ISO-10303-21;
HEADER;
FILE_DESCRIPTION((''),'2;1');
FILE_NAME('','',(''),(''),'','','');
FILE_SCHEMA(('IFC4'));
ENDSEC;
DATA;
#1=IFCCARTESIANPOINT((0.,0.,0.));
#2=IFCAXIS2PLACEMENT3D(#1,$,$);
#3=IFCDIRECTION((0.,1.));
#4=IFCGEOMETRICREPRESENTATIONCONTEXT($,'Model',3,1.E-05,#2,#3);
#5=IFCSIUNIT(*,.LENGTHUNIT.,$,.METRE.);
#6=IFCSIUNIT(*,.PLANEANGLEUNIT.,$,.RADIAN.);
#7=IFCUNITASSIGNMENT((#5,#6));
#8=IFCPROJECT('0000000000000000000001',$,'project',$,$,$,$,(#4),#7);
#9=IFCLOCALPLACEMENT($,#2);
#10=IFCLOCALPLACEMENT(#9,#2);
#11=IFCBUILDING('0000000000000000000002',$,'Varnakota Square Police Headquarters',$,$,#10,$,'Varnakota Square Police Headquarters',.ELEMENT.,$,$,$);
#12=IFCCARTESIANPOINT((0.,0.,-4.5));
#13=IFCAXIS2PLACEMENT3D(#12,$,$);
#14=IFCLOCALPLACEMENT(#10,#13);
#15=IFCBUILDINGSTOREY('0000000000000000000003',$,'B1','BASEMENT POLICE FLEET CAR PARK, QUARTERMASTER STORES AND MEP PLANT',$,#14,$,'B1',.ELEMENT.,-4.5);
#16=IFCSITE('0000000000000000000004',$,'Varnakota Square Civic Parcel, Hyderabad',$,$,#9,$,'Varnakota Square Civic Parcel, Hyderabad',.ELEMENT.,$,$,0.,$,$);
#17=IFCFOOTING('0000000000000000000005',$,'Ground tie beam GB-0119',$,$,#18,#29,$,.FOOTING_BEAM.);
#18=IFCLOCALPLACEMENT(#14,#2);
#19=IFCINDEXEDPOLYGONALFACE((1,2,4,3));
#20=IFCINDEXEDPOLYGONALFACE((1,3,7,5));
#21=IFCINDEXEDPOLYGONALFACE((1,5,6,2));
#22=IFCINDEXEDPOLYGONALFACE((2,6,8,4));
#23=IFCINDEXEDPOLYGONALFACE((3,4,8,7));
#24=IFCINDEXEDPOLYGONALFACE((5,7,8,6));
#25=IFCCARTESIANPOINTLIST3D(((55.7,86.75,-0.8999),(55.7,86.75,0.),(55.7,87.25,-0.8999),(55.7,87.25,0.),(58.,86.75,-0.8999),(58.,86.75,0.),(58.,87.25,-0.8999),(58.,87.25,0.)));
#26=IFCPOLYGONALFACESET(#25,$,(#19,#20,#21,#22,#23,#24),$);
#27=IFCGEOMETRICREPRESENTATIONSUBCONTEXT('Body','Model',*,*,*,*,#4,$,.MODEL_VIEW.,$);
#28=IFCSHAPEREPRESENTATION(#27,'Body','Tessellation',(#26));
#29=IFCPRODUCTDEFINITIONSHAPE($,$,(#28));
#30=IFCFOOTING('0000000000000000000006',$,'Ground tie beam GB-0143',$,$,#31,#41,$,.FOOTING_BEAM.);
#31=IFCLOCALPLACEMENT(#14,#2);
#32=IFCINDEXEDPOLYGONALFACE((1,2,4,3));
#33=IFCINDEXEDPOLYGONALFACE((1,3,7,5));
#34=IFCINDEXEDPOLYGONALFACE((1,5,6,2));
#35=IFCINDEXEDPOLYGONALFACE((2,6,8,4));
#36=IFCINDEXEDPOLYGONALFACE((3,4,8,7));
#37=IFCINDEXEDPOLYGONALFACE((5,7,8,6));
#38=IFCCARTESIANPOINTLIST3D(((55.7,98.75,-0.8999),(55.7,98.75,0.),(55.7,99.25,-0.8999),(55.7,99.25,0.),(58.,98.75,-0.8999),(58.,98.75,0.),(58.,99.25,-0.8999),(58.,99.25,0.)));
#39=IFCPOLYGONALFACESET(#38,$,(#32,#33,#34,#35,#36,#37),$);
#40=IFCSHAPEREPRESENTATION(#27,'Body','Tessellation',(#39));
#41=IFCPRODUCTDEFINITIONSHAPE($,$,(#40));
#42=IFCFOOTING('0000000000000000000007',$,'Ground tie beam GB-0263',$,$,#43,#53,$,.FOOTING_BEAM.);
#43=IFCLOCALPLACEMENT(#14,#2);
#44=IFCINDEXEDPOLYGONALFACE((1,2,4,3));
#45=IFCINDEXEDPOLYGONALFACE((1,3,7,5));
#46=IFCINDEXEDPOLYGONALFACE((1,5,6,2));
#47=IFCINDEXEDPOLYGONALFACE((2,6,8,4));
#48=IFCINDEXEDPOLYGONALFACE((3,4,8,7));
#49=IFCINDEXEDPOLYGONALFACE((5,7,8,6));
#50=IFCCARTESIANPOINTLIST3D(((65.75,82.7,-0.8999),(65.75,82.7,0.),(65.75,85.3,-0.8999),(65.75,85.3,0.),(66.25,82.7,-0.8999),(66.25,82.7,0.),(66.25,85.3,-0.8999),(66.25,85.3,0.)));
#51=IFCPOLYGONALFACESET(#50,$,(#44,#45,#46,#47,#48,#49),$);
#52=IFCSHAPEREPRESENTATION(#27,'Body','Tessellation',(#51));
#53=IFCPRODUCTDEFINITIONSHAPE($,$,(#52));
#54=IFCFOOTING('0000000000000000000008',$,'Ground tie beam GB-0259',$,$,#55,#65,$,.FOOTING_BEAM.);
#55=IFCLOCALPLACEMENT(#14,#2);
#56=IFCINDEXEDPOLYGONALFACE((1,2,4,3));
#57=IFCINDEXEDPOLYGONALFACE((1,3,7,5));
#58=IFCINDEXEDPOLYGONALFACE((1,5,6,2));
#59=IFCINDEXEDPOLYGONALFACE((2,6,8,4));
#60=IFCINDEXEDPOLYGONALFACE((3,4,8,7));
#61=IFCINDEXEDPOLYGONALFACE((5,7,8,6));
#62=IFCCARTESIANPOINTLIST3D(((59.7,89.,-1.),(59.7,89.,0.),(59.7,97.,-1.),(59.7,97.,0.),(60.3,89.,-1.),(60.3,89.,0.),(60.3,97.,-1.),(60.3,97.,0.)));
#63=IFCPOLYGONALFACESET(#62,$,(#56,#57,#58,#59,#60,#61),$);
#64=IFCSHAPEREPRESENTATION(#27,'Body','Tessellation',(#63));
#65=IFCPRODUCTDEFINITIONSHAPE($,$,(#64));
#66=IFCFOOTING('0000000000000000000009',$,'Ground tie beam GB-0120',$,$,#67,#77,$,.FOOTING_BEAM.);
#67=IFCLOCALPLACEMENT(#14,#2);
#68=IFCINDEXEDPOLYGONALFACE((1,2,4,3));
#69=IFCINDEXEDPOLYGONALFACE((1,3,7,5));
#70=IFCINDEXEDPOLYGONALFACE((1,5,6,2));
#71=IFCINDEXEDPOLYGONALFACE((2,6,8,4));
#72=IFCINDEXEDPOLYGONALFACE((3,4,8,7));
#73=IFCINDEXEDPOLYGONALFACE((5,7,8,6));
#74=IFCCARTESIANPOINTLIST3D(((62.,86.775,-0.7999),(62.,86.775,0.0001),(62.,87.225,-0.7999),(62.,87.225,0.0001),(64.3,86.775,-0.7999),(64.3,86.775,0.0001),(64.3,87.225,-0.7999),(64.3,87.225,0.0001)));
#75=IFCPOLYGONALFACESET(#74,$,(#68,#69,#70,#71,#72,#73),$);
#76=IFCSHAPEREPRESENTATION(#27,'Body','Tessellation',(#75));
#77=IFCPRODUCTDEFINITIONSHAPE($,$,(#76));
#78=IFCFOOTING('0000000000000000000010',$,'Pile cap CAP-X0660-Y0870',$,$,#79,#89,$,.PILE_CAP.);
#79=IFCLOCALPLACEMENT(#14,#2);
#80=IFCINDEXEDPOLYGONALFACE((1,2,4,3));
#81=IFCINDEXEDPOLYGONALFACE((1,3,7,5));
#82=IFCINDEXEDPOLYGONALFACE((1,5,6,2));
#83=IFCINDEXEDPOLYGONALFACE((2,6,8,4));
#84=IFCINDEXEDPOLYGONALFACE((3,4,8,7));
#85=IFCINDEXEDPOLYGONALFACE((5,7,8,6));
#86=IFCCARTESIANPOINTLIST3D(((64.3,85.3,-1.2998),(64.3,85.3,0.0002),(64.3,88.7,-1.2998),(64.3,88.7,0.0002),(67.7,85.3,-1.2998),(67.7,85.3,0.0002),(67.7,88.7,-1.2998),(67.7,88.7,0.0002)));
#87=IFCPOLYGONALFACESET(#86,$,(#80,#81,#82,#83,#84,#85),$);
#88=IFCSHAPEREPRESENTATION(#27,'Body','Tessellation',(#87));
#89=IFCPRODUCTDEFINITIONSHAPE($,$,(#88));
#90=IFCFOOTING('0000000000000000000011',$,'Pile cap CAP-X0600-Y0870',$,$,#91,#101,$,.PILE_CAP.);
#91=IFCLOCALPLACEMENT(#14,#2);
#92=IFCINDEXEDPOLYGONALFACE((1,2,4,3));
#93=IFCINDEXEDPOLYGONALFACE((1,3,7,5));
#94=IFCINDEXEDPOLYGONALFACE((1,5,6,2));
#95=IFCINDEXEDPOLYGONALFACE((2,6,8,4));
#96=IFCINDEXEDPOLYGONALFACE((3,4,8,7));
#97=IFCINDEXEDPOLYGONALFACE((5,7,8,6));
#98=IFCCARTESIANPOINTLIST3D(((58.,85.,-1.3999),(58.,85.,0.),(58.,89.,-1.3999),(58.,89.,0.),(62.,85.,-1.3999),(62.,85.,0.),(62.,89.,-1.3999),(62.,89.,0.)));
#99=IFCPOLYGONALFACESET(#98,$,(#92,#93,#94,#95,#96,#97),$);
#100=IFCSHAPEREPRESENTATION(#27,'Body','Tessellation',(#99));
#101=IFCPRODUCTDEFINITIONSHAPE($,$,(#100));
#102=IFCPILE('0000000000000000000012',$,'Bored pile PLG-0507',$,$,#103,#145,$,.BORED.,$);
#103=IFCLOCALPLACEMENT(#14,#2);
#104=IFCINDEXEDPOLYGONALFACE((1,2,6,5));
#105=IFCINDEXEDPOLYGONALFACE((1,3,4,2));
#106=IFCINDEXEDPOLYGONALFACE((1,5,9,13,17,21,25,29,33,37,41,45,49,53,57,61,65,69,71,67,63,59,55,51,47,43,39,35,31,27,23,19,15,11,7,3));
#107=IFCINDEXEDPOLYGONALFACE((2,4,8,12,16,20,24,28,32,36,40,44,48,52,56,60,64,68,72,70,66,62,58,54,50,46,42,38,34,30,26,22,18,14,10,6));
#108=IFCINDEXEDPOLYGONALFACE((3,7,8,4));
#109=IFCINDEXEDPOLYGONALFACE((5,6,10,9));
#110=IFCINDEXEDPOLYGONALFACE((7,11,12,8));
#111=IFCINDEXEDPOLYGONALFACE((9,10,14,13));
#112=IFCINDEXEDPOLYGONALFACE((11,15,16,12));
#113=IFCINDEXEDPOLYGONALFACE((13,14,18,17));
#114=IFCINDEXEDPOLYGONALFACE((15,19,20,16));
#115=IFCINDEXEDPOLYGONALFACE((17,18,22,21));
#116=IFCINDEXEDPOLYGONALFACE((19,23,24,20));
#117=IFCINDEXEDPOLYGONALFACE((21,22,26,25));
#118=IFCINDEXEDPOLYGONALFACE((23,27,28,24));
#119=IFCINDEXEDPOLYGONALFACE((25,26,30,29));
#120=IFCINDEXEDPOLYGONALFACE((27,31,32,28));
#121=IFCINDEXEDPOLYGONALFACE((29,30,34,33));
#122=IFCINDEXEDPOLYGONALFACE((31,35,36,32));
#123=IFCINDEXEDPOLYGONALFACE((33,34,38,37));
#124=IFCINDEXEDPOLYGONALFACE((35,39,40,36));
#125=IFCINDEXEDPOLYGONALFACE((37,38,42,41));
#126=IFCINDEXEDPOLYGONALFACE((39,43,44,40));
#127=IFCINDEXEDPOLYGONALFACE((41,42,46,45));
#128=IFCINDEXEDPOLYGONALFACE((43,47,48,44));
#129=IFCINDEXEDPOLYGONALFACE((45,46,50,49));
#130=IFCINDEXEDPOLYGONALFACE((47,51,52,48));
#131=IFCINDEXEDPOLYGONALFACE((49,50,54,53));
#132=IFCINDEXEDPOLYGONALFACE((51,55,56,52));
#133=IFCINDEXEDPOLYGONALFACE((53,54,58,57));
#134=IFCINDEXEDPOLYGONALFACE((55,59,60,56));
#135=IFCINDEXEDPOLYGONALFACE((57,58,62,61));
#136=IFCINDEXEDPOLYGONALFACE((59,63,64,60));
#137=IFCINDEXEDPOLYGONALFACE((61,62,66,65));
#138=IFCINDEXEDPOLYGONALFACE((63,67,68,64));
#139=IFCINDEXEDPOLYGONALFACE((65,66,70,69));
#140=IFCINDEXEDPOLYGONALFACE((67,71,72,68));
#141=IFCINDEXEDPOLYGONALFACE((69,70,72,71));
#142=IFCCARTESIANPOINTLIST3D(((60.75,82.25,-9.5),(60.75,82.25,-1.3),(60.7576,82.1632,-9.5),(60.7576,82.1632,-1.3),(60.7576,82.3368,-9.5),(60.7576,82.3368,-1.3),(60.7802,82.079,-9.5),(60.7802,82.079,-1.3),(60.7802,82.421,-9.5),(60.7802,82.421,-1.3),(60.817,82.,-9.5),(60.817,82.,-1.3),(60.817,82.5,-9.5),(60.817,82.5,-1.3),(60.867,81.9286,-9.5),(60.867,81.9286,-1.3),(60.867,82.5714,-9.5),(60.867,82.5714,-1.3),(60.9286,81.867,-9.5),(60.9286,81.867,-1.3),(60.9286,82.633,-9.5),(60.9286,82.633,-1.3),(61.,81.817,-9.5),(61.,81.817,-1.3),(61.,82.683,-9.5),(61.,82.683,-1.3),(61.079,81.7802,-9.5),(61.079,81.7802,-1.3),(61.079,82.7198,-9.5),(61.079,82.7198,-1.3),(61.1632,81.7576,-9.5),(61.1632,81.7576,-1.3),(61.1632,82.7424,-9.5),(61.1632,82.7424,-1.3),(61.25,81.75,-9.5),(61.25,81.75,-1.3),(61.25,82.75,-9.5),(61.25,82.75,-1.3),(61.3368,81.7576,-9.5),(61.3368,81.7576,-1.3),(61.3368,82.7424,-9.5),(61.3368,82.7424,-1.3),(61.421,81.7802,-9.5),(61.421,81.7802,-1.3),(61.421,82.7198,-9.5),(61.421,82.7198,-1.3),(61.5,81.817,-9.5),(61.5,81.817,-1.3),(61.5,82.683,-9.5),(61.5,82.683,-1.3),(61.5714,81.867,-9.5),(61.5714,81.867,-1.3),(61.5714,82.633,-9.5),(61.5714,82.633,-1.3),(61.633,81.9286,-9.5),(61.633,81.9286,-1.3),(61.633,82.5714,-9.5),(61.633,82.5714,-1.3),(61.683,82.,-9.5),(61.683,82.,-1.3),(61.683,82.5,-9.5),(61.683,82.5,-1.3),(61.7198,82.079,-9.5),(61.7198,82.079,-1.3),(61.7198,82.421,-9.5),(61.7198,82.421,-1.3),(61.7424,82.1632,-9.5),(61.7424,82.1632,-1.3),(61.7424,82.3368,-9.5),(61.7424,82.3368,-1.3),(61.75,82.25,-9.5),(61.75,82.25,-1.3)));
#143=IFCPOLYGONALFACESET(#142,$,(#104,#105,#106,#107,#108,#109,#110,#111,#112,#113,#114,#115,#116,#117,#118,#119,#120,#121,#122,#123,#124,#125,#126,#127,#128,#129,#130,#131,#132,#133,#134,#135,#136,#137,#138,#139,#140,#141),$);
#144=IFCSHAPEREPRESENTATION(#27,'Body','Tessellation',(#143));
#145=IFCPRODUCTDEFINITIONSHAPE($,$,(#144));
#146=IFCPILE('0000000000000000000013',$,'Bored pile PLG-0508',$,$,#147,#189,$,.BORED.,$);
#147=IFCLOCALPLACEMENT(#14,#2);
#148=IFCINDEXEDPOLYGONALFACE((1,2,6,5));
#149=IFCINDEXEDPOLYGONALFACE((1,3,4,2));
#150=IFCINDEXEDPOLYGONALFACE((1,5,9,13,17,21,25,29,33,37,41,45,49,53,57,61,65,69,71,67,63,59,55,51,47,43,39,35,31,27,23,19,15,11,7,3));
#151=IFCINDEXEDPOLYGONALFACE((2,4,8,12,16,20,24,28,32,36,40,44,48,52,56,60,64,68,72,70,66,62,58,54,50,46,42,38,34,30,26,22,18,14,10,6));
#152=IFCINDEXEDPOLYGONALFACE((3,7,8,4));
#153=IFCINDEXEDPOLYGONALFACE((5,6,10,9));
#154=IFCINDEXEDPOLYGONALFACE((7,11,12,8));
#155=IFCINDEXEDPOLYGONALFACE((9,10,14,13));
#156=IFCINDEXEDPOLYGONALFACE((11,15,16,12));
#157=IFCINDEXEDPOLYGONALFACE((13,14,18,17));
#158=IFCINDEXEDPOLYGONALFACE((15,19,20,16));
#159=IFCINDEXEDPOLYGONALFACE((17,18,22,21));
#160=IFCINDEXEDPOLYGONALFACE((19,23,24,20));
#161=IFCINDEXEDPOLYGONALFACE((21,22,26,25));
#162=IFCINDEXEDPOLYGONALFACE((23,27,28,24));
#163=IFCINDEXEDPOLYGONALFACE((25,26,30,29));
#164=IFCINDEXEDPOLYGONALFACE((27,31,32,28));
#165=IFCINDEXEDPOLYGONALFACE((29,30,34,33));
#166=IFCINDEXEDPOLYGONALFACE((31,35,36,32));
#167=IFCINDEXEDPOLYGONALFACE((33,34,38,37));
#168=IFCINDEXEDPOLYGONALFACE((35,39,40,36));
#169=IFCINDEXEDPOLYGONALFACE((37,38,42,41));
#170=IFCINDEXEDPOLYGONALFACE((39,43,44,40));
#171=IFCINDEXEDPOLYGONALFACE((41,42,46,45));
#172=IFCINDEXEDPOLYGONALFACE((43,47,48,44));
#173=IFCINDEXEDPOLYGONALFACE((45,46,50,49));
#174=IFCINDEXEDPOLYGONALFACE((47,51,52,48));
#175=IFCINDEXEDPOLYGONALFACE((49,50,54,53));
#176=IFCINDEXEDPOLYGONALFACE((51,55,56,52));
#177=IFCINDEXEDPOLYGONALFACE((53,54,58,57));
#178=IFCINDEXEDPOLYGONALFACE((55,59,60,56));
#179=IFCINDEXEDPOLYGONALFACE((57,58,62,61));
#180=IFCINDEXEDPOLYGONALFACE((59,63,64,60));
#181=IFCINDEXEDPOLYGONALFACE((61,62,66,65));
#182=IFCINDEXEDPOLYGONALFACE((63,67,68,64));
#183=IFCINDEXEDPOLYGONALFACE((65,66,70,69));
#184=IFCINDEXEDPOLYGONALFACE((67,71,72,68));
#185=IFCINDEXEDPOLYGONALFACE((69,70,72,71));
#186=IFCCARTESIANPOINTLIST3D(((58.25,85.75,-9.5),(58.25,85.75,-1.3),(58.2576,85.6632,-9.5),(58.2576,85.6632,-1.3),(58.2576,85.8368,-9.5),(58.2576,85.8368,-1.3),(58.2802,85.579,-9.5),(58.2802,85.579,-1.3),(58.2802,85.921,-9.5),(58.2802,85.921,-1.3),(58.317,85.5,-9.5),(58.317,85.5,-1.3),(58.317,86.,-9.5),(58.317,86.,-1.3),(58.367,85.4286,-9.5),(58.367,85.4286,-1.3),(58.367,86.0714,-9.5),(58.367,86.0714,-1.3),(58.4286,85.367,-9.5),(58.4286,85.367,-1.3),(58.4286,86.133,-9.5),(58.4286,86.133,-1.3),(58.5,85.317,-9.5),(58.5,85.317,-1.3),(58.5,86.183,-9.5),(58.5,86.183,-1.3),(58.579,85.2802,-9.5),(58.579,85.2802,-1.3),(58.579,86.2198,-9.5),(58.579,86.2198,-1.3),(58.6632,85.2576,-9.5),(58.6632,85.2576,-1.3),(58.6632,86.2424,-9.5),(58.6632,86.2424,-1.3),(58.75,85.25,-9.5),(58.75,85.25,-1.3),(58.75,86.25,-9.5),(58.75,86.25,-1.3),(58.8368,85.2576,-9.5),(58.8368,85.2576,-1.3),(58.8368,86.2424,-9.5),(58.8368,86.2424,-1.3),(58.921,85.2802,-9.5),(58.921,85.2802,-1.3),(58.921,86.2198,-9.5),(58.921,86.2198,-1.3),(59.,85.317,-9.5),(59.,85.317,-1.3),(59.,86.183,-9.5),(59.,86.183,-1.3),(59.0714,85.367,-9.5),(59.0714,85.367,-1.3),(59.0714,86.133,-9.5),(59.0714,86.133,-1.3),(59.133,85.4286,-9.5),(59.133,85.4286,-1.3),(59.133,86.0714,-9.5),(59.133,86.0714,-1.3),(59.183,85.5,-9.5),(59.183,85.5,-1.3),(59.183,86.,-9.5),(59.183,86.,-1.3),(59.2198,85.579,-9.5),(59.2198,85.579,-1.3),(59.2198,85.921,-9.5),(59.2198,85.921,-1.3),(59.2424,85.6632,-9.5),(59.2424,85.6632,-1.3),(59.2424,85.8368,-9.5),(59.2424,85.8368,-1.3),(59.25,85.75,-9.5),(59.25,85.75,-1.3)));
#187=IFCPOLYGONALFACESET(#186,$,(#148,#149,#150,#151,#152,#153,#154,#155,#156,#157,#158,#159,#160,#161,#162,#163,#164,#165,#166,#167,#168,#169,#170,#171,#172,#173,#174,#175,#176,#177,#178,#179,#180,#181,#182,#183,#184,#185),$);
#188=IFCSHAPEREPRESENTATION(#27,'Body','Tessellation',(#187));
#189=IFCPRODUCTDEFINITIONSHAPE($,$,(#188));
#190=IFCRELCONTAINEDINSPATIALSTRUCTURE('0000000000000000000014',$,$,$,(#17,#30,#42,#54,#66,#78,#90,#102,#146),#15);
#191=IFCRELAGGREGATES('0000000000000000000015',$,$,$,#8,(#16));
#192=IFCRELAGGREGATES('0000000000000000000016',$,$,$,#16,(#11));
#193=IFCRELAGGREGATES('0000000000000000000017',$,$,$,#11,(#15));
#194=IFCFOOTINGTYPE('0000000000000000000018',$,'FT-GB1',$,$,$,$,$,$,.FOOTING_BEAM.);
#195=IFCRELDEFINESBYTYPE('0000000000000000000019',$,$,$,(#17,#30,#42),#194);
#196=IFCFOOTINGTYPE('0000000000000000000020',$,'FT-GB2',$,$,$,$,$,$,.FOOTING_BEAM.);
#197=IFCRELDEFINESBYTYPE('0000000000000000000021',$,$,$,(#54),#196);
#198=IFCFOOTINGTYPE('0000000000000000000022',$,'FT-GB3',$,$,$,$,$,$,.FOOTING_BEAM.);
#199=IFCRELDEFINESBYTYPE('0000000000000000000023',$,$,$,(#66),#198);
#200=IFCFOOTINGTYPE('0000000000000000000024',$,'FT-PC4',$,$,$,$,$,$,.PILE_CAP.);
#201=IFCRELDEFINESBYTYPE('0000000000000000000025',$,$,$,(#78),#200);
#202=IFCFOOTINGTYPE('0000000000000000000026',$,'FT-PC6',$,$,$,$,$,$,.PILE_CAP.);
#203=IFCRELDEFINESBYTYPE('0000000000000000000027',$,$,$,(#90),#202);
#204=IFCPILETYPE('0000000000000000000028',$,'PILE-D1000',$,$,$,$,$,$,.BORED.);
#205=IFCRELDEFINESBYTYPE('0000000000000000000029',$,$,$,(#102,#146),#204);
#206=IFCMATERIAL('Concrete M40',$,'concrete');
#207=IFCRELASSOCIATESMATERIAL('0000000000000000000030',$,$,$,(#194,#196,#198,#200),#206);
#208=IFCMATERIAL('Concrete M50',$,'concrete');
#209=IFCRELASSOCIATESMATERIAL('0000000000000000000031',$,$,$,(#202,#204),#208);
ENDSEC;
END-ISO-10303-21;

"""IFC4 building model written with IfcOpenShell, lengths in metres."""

from ifc_helpers import new_model, si_unit, direction, frame, origin, origin_2d, place, context, subcontext, project, spatial, rectangle, circle, extrude, material, material_profile, profile_set, type_object, element, save


model = new_model("IFC4")

# Units and contexts
model_context = context("Model", 3, precision=1e-05, world=origin(), true_north=direction((0.0, 1.0)))
body_context = subcontext(model_context, "Body", "Model", "MODEL_VIEW")
ifc_project = project(units=[si_unit("LENGTHUNIT", "METRE"), si_unit("PLANEANGLEUNIT", "RADIAN")], contexts=[model_context])

# Site, building, storey
site_placement = place(None, origin())
site = spatial("IfcSite", under=ifc_project, at=site_placement, Name="Varnakota Square Civic Parcel, Hyderabad", LongName="Varnakota Square Civic Parcel, Hyderabad", CompositionType="ELEMENT", RefElevation=0.0)
building_placement = place(site_placement, origin())
building = spatial("IfcBuilding", under=site, at=building_placement, Name="Varnakota Square Police Headquarters", LongName="Varnakota Square Police Headquarters", CompositionType="ELEMENT")
storey_placement = place(building_placement, frame((0.0, 0.0, -4.5)))
storey = spatial("IfcBuildingStorey", under=building, at=storey_placement, Name="B1", Description="BASEMENT POLICE FLEET CAR PARK, QUARTERMASTER STORES AND MEP PLANT", LongName="B1", CompositionType="ELEMENT", Elevation=-4.5)

# Footings
ifc_material_1 = material(Name="Concrete M40", Category="concrete")
ifc_material_profile_1 = material_profile(ifc_material_1, rectangle(XDim=0.5, YDim=0.8999, at=origin_2d()), Name="GB 500x900")
ifc_profile_set_1 = profile_set([ifc_material_profile_1], Name="Concrete M40")
footing_type_1 = type_object("IfcFootingType", Name="FT-GB1", PredefinedType="FOOTING_BEAM", material=ifc_profile_set_1)
for number, where, z_axis, x_axis, name in (
    (1, (55.7, 87.0, -0.45), (1.0, 0.0, 0.0), (0.0, 1.0, 0.0), "Ground tie beam GB-0119"),
    (2, (55.7, 99.0, -0.45), (1.0, 0.0, 0.0), (0.0, 1.0, 0.0), "Ground tie beam GB-0143"),
):
    element("IfcFooting", number, at=place(storey_placement, frame(where, z_axis=z_axis, x_axis=x_axis)), inside=storey, type_object=footing_type_1, Name=name, PredefinedType="FOOTING_BEAM", context=body_context, shape_type="SweptSolid", body=[
        extrude(rectangle(XDim=0.5, YDim=0.8999, at=origin_2d()), origin(), (0.0, 0.0, 1.0), 2.3),
    ])
footing_1_placement = place(storey_placement, frame((66.0, 82.7, -0.45), z_axis=(0.0, 1.0, 0.0), x_axis=(-1.0, 0.0, 0.0)))
element("IfcFooting", 3, at=footing_1_placement, inside=storey, type_object=footing_type_1, Name="Ground tie beam GB-0263", PredefinedType="FOOTING_BEAM", context=body_context, shape_type="SweptSolid", body=[
    extrude(rectangle(XDim=0.5, YDim=0.8999, at=origin_2d()), origin(), (0.0, 0.0, 1.0), 2.6001),
])
ifc_material_profile_2 = material_profile(ifc_material_1, rectangle(XDim=0.6001, YDim=1.0, at=origin_2d()), Name="GB 600x1000")
ifc_profile_set_2 = profile_set([ifc_material_profile_2], Name="Concrete M40")
footing_type_2 = type_object("IfcFootingType", Name="FT-GB2", PredefinedType="FOOTING_BEAM", material=ifc_profile_set_2)
footing_2_placement = place(storey_placement, frame((60.0, 89.0, -0.5), z_axis=(0.0, 1.0, 0.0), x_axis=(-1.0, 0.0, 0.0)))
element("IfcFooting", 4, at=footing_2_placement, inside=storey, type_object=footing_type_2, Name="Ground tie beam GB-0259", PredefinedType="FOOTING_BEAM", context=body_context, shape_type="SweptSolid", body=[
    extrude(rectangle(XDim=0.6001, YDim=1.0, at=origin_2d()), origin(), (0.0, 0.0, 1.0), 8.0),
])
ifc_material_profile_3 = material_profile(ifc_material_1, rectangle(XDim=0.45, YDim=0.8, at=origin_2d()), Name="GB 450x800")
ifc_profile_set_3 = profile_set([ifc_material_profile_3], Name="Concrete M40")
footing_type_3 = type_object("IfcFootingType", Name="FT-GB3", PredefinedType="FOOTING_BEAM", material=ifc_profile_set_3)
footing_3_placement = place(storey_placement, frame((62.0, 87.0, -0.3999), z_axis=(1.0, 0.0, 0.0), x_axis=(0.0, 1.0, 0.0)))
element("IfcFooting", 5, at=footing_3_placement, inside=storey, type_object=footing_type_3, Name="Ground tie beam GB-0120", PredefinedType="FOOTING_BEAM", context=body_context, shape_type="SweptSolid", body=[
    extrude(rectangle(XDim=0.45, YDim=0.8, at=origin_2d()), origin(), (0.0, 0.0, 1.0), 2.3),
])
footing_type_4 = type_object("IfcFootingType", Name="FT-PC4", PredefinedType="PILE_CAP", material=ifc_material_1)
footing_4_placement = place(storey_placement, frame((66.0, 87.0, -1.2998), z_axis=(0.0, 0.0, 1.0), x_axis=(1.0, 0.0, 0.0)))
element("IfcFooting", 6, at=footing_4_placement, inside=storey, type_object=footing_type_4, Name="Pile cap CAP-X0660-Y0870", PredefinedType="PILE_CAP", context=body_context, shape_type="SweptSolid", body=[
    extrude(rectangle(XDim=3.3999, YDim=3.3999, at=origin_2d()), origin(), (0.0, 0.0, 1.0), 1.3),
])
ifc_material_2 = material(Name="Concrete M50", Category="concrete")
footing_type_5 = type_object("IfcFootingType", Name="FT-PC6", PredefinedType="PILE_CAP", material=ifc_material_2)
footing_5_placement = place(storey_placement, frame((60.0, 87.0, -1.3999), z_axis=(0.0, 0.0, 1.0), x_axis=(1.0, 0.0, 0.0)))
element("IfcFooting", 7, at=footing_5_placement, inside=storey, type_object=footing_type_5, Name="Pile cap CAP-X0600-Y0870", PredefinedType="PILE_CAP", context=body_context, shape_type="SweptSolid", body=[
    extrude(rectangle(XDim=4.0, YDim=4.0, at=origin_2d()), origin(), (0.0, 0.0, 1.0), 1.3999),
])

# Piles
ifc_material_profile_4 = material_profile(ifc_material_2, circle(Radius=0.5, at=origin_2d()), Name="BORED PILE 1000")
ifc_profile_set_4 = profile_set([ifc_material_profile_4], Name="Concrete M50")
pile_type_1 = type_object("IfcPileType", Name="PILE-D1000", PredefinedType="BORED", material=ifc_profile_set_4)
for number, where, z_axis, x_axis, name in (
    (8, (61.25, 82.25, -1.3), (0.0, 0.0, -1.0), (1.0, 0.0, 0.0), "Bored pile PLG-0507"),
    (9, (58.75, 85.75, -1.3), (0.0, 0.0, -1.0), (1.0, 0.0, 0.0), "Bored pile PLG-0508"),
):
    element("IfcPile", number, at=place(storey_placement, frame(where, z_axis=z_axis, x_axis=x_axis)), inside=storey, type_object=pile_type_1, Name=name, PredefinedType="BORED", context=body_context, shape_type="SweptSolid", body=[
        extrude(circle(Radius=0.5, at=origin_2d()), origin(), (0.0, 0.0, 1.0), 8.2),
    ])

save(model, "model.ifc")
